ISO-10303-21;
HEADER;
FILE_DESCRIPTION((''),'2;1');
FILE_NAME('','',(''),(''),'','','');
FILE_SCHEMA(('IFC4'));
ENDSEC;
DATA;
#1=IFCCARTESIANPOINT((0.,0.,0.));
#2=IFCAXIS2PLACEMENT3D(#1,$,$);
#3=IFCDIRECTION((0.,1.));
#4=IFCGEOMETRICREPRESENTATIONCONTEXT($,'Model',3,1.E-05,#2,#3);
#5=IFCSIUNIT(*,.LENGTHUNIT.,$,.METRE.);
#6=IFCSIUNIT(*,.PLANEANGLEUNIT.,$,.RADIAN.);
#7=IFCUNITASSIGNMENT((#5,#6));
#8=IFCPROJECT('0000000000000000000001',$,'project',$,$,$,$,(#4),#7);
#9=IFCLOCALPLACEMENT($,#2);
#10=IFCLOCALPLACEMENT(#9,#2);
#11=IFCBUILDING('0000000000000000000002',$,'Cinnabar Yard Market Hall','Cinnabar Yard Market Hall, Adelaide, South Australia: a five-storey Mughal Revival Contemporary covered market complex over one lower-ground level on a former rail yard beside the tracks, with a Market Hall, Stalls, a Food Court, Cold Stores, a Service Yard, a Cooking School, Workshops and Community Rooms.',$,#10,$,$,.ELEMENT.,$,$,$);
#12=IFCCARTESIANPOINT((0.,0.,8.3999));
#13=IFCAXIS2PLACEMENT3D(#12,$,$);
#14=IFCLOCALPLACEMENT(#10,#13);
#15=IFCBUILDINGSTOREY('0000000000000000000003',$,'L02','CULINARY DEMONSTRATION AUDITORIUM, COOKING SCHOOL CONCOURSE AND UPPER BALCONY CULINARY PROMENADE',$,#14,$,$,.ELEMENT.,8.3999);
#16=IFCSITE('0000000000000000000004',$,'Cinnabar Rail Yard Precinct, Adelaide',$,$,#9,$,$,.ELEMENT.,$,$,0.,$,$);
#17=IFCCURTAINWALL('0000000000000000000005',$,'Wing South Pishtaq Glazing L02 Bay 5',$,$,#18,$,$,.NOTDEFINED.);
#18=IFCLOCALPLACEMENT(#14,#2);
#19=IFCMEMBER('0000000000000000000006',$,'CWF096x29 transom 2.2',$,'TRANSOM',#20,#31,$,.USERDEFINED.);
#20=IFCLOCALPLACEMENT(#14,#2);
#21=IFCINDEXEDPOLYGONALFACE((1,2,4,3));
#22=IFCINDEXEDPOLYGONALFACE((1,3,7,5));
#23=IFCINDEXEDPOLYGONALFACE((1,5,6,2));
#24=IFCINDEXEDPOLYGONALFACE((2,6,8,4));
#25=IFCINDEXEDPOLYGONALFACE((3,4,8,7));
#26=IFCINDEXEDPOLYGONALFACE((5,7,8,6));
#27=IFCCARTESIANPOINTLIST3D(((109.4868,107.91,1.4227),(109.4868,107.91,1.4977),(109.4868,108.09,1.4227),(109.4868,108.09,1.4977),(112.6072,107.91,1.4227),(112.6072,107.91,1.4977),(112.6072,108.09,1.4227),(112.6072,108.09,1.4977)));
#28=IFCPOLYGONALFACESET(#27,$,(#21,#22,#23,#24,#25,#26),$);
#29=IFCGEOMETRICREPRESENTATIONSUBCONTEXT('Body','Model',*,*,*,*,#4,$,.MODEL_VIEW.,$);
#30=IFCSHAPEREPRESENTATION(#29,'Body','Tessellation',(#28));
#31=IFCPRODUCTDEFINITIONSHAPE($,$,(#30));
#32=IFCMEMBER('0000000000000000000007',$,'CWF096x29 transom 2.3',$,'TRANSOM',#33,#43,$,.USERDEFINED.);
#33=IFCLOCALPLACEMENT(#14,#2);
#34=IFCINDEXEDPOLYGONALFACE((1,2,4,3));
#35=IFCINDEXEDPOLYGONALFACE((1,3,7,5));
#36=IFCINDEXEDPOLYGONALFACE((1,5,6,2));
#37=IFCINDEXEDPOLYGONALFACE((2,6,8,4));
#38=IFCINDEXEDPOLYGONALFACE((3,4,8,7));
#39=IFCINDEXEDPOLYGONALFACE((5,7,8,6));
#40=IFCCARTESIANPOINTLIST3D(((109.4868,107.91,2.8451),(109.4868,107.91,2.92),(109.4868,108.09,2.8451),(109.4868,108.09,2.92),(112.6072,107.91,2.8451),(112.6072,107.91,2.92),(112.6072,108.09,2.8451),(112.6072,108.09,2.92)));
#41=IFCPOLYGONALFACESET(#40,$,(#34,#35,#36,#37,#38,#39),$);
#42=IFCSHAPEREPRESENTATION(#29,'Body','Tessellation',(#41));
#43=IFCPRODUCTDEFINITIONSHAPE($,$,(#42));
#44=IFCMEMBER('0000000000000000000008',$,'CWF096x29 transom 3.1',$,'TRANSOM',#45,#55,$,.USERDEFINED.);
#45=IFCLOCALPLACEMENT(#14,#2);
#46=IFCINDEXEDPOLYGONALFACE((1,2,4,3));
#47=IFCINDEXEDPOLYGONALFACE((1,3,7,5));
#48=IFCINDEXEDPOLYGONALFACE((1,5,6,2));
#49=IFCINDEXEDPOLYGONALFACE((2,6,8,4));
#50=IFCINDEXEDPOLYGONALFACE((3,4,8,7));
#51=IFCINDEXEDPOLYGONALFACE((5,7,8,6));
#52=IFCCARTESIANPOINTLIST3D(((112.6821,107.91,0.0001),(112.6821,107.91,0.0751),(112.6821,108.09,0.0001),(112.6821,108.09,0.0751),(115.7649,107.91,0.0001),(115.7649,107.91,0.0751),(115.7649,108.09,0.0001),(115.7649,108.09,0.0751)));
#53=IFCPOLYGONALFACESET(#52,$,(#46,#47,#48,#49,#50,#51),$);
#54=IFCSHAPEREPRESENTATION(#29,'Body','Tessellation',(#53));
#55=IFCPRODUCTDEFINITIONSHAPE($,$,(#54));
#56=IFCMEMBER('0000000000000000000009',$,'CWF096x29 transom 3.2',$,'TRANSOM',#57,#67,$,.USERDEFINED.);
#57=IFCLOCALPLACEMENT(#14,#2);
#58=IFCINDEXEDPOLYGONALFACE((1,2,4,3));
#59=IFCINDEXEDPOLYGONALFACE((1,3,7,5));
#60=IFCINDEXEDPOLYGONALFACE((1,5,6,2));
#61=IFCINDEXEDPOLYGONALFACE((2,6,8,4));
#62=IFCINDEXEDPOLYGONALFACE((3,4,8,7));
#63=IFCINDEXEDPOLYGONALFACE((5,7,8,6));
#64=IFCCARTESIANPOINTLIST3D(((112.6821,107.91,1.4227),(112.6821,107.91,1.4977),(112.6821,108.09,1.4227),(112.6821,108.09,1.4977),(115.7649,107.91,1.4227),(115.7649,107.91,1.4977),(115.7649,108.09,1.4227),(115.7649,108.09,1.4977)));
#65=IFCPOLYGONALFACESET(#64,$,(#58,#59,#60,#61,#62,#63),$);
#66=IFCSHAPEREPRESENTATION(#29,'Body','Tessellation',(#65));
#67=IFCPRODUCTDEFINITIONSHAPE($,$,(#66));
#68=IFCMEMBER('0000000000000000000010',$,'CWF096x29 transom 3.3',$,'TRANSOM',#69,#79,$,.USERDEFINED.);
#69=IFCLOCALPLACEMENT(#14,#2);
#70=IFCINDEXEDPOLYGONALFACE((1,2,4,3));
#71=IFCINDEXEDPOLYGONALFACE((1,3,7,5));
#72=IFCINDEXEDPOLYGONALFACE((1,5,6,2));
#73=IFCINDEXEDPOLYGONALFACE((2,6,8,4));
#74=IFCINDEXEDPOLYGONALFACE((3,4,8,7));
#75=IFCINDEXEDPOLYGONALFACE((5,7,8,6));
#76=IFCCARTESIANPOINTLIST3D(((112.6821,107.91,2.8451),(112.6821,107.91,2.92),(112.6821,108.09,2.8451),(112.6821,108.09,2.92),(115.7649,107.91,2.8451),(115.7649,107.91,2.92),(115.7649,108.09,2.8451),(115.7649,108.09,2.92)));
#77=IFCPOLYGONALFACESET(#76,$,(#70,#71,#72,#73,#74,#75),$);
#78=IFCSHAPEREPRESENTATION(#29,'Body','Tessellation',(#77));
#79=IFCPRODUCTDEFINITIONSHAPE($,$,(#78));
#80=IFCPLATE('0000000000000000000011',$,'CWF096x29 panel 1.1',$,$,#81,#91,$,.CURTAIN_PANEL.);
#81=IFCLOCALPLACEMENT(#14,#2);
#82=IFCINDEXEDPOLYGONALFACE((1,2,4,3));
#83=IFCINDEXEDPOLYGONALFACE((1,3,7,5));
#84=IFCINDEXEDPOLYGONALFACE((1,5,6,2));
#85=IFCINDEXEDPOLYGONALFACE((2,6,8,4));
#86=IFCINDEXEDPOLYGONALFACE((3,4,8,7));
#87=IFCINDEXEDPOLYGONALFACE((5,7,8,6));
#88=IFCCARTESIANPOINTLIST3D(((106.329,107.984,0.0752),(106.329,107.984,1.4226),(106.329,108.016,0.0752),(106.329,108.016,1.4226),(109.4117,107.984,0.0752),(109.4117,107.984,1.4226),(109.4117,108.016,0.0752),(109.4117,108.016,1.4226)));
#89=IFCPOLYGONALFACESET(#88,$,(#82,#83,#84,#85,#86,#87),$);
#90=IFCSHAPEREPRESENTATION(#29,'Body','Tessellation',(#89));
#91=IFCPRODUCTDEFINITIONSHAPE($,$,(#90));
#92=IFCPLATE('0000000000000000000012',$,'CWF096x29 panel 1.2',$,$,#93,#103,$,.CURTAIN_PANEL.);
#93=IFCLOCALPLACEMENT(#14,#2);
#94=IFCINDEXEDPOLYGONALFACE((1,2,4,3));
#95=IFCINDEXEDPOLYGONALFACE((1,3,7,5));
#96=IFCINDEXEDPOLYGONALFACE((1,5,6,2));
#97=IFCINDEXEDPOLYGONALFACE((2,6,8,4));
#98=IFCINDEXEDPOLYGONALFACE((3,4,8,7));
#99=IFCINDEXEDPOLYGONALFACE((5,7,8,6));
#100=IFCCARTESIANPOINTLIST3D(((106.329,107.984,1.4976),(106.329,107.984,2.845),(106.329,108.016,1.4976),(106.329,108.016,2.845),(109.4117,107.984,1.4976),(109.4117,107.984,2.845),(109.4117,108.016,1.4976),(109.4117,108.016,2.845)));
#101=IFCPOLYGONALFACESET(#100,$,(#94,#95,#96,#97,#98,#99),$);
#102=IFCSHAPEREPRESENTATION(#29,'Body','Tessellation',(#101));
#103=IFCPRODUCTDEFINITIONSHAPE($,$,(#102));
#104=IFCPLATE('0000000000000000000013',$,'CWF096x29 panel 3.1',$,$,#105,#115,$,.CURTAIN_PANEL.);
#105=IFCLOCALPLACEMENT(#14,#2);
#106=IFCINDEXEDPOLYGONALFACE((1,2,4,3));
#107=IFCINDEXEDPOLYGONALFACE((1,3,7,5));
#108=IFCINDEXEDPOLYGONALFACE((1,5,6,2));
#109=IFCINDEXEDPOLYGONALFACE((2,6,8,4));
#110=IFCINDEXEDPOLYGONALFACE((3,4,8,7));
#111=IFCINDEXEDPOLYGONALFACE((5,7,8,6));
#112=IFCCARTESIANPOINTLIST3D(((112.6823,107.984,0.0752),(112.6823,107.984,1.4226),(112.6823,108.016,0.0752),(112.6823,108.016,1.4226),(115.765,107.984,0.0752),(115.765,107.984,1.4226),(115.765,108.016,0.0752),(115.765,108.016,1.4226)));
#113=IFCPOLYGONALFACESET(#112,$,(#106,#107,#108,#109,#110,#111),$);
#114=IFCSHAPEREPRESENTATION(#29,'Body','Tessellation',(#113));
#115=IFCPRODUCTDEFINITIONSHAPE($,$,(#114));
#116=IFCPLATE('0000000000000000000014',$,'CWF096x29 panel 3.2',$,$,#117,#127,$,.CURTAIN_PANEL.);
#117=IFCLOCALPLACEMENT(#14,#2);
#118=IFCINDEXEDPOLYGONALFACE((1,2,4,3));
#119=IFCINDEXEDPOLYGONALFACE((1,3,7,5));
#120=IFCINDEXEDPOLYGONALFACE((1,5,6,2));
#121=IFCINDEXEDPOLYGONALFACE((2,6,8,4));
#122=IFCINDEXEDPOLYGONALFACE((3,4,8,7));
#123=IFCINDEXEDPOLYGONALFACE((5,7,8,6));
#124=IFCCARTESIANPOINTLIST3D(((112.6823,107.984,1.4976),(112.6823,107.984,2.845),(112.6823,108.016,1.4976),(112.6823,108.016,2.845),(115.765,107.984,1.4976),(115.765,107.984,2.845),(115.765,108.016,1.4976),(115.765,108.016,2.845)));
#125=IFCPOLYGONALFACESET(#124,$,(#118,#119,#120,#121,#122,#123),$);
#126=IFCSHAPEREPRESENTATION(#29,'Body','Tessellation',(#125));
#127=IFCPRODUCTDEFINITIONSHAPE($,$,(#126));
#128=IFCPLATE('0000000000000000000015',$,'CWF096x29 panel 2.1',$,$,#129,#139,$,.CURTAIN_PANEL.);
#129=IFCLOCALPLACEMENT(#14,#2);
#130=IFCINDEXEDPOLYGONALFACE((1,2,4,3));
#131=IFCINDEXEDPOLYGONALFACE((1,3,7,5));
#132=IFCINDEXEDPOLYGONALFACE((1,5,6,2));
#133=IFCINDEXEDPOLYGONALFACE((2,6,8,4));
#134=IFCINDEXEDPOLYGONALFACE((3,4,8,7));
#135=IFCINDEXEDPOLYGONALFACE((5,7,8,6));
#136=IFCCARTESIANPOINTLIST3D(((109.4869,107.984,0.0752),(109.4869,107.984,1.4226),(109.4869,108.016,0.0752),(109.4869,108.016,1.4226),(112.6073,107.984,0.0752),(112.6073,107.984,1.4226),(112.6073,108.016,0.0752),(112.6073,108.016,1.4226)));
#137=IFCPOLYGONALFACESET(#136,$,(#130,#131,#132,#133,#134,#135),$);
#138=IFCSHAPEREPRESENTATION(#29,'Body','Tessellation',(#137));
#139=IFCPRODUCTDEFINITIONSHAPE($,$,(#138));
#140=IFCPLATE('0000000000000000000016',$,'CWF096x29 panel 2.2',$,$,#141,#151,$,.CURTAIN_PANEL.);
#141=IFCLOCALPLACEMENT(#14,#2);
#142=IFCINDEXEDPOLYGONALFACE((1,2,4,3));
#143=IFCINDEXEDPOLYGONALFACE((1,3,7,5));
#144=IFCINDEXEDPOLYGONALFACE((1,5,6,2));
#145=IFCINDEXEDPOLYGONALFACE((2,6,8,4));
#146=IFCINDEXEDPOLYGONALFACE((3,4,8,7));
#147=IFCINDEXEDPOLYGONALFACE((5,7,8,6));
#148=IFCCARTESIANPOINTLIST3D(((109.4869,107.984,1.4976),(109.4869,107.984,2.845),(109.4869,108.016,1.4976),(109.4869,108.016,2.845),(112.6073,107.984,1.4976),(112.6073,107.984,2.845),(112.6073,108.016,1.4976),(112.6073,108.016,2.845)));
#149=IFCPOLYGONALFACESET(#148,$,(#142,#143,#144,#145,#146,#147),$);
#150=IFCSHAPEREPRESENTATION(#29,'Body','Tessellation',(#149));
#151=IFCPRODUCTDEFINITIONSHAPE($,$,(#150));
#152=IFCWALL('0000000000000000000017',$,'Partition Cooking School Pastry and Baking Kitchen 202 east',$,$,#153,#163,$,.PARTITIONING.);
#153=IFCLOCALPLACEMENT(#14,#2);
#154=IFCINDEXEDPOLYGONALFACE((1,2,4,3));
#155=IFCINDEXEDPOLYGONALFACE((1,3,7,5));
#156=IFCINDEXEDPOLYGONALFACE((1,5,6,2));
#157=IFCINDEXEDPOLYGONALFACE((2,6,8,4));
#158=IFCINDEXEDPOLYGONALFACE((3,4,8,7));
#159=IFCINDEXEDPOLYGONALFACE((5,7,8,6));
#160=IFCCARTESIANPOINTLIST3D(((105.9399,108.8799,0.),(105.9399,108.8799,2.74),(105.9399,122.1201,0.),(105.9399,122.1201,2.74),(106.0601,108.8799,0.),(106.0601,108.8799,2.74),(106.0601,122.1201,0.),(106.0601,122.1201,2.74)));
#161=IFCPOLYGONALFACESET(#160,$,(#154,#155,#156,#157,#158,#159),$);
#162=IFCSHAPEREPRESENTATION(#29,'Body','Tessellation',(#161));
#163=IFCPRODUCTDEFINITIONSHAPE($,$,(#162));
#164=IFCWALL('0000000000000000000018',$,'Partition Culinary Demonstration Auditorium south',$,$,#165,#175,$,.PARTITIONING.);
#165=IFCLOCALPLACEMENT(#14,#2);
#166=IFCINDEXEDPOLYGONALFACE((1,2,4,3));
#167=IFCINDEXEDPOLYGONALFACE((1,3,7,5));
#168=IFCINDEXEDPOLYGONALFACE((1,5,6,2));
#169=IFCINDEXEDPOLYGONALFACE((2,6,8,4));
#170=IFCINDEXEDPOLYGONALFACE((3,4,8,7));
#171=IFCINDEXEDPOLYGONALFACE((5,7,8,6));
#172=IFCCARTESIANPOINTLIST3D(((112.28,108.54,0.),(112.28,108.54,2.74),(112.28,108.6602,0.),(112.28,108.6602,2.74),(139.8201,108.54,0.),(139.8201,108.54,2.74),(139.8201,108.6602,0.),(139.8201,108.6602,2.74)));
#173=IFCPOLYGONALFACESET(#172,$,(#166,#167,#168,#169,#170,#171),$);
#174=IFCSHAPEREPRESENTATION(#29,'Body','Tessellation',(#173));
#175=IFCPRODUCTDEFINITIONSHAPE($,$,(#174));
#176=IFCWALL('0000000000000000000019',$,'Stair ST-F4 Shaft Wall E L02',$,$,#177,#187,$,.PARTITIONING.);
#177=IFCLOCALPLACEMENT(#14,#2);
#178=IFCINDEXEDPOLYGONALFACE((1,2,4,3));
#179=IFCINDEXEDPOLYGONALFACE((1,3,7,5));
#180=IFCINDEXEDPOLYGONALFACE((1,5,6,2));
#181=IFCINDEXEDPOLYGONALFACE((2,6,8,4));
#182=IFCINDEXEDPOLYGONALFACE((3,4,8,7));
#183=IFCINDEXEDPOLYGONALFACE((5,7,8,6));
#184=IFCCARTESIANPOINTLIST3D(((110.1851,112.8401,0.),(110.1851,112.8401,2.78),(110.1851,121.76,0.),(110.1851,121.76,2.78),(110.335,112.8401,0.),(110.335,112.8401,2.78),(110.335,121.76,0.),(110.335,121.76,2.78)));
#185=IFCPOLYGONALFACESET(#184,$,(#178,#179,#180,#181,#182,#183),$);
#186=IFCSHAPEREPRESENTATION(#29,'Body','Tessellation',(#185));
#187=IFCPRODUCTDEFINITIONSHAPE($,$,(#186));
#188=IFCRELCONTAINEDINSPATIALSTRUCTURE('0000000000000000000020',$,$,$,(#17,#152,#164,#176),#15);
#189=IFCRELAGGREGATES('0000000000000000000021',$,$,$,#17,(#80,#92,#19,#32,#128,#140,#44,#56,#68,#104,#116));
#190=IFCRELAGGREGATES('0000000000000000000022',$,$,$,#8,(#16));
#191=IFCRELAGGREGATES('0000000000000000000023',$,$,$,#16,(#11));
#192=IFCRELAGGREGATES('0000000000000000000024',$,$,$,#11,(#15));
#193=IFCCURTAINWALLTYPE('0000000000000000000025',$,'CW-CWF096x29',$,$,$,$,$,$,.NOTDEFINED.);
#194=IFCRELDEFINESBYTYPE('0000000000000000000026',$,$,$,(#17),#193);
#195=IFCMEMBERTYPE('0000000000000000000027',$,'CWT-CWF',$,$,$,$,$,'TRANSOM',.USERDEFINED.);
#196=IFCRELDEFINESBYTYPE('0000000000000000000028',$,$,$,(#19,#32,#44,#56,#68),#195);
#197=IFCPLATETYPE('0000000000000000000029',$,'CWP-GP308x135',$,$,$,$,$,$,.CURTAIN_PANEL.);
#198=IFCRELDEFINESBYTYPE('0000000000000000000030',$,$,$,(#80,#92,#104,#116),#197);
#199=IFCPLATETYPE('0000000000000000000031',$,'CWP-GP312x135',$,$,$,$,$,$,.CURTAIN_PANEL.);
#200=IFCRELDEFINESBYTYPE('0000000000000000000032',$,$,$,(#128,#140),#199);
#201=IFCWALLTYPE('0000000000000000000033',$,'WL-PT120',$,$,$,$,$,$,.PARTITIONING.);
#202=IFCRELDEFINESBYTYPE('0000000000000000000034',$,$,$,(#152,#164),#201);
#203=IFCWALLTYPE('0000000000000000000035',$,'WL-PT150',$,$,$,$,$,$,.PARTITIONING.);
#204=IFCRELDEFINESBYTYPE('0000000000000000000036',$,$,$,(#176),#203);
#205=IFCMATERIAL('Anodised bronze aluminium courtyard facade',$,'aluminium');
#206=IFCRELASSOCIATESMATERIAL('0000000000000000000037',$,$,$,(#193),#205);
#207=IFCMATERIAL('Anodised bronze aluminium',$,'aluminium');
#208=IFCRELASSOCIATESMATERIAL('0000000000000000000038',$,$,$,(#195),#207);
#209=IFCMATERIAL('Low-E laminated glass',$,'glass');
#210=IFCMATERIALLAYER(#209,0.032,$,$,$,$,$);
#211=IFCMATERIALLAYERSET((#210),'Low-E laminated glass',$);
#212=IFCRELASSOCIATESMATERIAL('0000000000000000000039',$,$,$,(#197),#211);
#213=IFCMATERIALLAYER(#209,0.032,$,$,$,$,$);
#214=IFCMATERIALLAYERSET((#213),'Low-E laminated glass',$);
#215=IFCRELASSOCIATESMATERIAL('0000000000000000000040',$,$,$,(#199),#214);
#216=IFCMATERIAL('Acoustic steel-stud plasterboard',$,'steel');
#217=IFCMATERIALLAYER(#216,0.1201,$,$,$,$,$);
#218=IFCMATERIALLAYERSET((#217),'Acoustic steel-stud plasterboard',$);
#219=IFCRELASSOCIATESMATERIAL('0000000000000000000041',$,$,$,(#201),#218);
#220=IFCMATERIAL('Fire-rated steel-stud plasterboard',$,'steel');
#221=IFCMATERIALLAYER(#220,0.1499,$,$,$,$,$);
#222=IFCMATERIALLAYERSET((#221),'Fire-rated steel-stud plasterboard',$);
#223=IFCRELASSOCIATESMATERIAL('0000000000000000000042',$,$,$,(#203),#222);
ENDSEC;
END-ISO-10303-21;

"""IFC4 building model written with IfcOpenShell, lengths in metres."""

from ifc_helpers import new_model, si_unit, direction, frame, frame_2d, origin, origin_2d_with_axis, place, context, subcontext, project, spatial, rectangle, extrude, material, layer, layer_set, material_profile, profile_set, type_object, element, aggregate, save


model = new_model("IFC4")

# Units and contexts
model_context = context("Model", 3, precision=1e-05, world=origin(), true_north=direction((0.0, 1.0)))
body_context = subcontext(model_context, "Body", "Model", "MODEL_VIEW")
ifc_project = project(units=[si_unit("LENGTHUNIT", "METRE"), si_unit("PLANEANGLEUNIT", "RADIAN")], contexts=[model_context])

# Site, building, storey
site_placement = place(None, origin())
site = spatial("IfcSite", under=ifc_project, at=site_placement, Name="Cinnabar Rail Yard Precinct, Adelaide", CompositionType="ELEMENT", RefElevation=0.0)
building_placement = place(site_placement, origin())
building = spatial("IfcBuilding", under=site, at=building_placement, Name="Cinnabar Yard Market Hall", Description="Cinnabar Yard Market Hall, Adelaide, South Australia: a five-storey Mughal Revival Contemporary covered market complex over one lower-ground level on a former rail yard beside the tracks, with a Market Hall, Stalls, a Food Court, Cold Stores, a Service Yard, a Cooking School, Workshops and Community Rooms.", CompositionType="ELEMENT")
storey_placement = place(building_placement, frame((0.0, 0.0, 8.3999)))
storey = spatial("IfcBuildingStorey", under=building, at=storey_placement, Name="L02", Description="CULINARY DEMONSTRATION AUDITORIUM, COOKING SCHOOL CONCOURSE AND UPPER BALCONY CULINARY PROMENADE", CompositionType="ELEMENT", Elevation=8.3999)

# Curtain wall, members, plates
ifc_material_1 = material(Name="Anodised bronze aluminium courtyard facade", Category="aluminium")
curtain_wall_type = type_object("IfcCurtainWallType", Name="CW-CWF096x29", PredefinedType="NOTDEFINED", material=ifc_material_1)
curtain_wall_placement = place(storey_placement, origin())
curtain_wall = element("IfcCurtainWall", 1, at=curtain_wall_placement, inside=storey, type_object=curtain_wall_type, Name="Wing South Pishtaq Glazing L02 Bay 5", PredefinedType="NOTDEFINED")
ifc_material_2 = material(Name="Anodised bronze aluminium", Category="aluminium")
ifc_material_profile_1 = material_profile(ifc_material_2, rectangle(XDim=0.1799, YDim=0.075, at=origin_2d_with_axis()), Name="TRN-CWF")
ifc_profile_set_1 = profile_set([ifc_material_profile_1], Name="Anodised bronze aluminium")
member_type_1 = type_object("IfcMemberType", Name="CWT-CWF", ElementType="TRANSOM", PredefinedType="USERDEFINED", material=ifc_profile_set_1)
member_1_placement = place(storey_placement, frame((109.4868, 108.0, 1.4602), z_axis=(1.0, 0.0, 0.0), x_axis=(0.0, 1.0, 0.0)))
member_1 = element("IfcMember", 2, at=member_1_placement, type_object=member_type_1, Name="CWF096x29 transom 2.2", ObjectType="TRANSOM", PredefinedType="USERDEFINED", context=body_context, shape_type="SweptSolid", body=[
    extrude(rectangle(XDim=0.1799, YDim=0.075, at=origin_2d_with_axis()), origin(), (0.0, 0.0, 1.0), 3.1204),
])
member_2_placement = place(storey_placement, frame((109.4868, 108.0, 2.8826), z_axis=(1.0, 0.0, 0.0), x_axis=(0.0, 1.0, 0.0)))
member_2 = element("IfcMember", 3, at=member_2_placement, type_object=member_type_1, Name="CWF096x29 transom 2.3", ObjectType="TRANSOM", PredefinedType="USERDEFINED", context=body_context, shape_type="SweptSolid", body=[
    extrude(rectangle(XDim=0.1799, YDim=0.075, at=origin_2d_with_axis()), origin(), (0.0, 0.0, 1.0), 3.1204),
])
member_3_placement = place(storey_placement, frame((112.6821, 108.0, 0.0376), z_axis=(1.0, 0.0, 0.0), x_axis=(0.0, 1.0, 0.0)))
member_3 = element("IfcMember", 4, at=member_3_placement, type_object=member_type_1, Name="CWF096x29 transom 3.1", ObjectType="TRANSOM", PredefinedType="USERDEFINED", context=body_context, shape_type="SweptSolid", body=[
    extrude(rectangle(XDim=0.1799, YDim=0.075, at=origin_2d_with_axis()), origin(), (0.0, 0.0, 1.0), 3.0828),
])
member_4_placement = place(storey_placement, frame((112.6821, 108.0, 1.4602), z_axis=(1.0, 0.0, 0.0), x_axis=(0.0, 1.0, 0.0)))
member_4 = element("IfcMember", 5, at=member_4_placement, type_object=member_type_1, Name="CWF096x29 transom 3.2", ObjectType="TRANSOM", PredefinedType="USERDEFINED", context=body_context, shape_type="SweptSolid", body=[
    extrude(rectangle(XDim=0.1799, YDim=0.075, at=origin_2d_with_axis()), origin(), (0.0, 0.0, 1.0), 3.0828),
])
member_5_placement = place(storey_placement, frame((112.6821, 108.0, 2.8826), z_axis=(1.0, 0.0, 0.0), x_axis=(0.0, 1.0, 0.0)))
member_5 = element("IfcMember", 6, at=member_5_placement, type_object=member_type_1, Name="CWF096x29 transom 3.3", ObjectType="TRANSOM", PredefinedType="USERDEFINED", context=body_context, shape_type="SweptSolid", body=[
    extrude(rectangle(XDim=0.1799, YDim=0.075, at=origin_2d_with_axis()), origin(), (0.0, 0.0, 1.0), 3.0828),
])
ifc_material_3 = material(Name="Low-E laminated glass", Category="glass")
ifc_layer_1 = layer(ifc_material_3, 0.032)
ifc_layer_set_1 = layer_set([ifc_layer_1], Name="Low-E laminated glass")
plate_type_1 = type_object("IfcPlateType", Name="CWP-GP308x135", PredefinedType="CURTAIN_PANEL", material=ifc_layer_set_1)
plate_1_placement = place(storey_placement, frame((107.8704, 108.0, 0.0752), z_axis=(0.0, 0.0, 1.0), x_axis=(1.0, 0.0, 0.0)))
plate_1 = element("IfcPlate", 7, at=plate_1_placement, type_object=plate_type_1, Name="CWF096x29 panel 1.1", PredefinedType="CURTAIN_PANEL", context=body_context, shape_type="SweptSolid", body=[
    extrude(rectangle(XDim=3.0828, YDim=0.032, at=origin_2d_with_axis()), origin(), (0.0, 0.0, 1.0), 1.3474),
])
plate_2_placement = place(storey_placement, frame((107.8704, 108.0, 1.4976), z_axis=(0.0, 0.0, 1.0), x_axis=(1.0, 0.0, 0.0)))
plate_2 = element("IfcPlate", 8, at=plate_2_placement, type_object=plate_type_1, Name="CWF096x29 panel 1.2", PredefinedType="CURTAIN_PANEL", context=body_context, shape_type="SweptSolid", body=[
    extrude(rectangle(XDim=3.0828, YDim=0.032, at=origin_2d_with_axis()), origin(), (0.0, 0.0, 1.0), 1.3474),
])
plate_3_placement = place(storey_placement, frame((114.2236, 108.0, 0.0752), z_axis=(0.0, 0.0, 1.0), x_axis=(1.0, 0.0, 0.0)))
plate_3 = element("IfcPlate", 9, at=plate_3_placement, type_object=plate_type_1, Name="CWF096x29 panel 3.1", PredefinedType="CURTAIN_PANEL", context=body_context, shape_type="SweptSolid", body=[
    extrude(rectangle(XDim=3.0828, YDim=0.032, at=origin_2d_with_axis()), origin(), (0.0, 0.0, 1.0), 1.3474),
])
plate_4_placement = place(storey_placement, frame((114.2236, 108.0, 1.4976), z_axis=(0.0, 0.0, 1.0), x_axis=(1.0, 0.0, 0.0)))
plate_4 = element("IfcPlate", 10, at=plate_4_placement, type_object=plate_type_1, Name="CWF096x29 panel 3.2", PredefinedType="CURTAIN_PANEL", context=body_context, shape_type="SweptSolid", body=[
    extrude(rectangle(XDim=3.0828, YDim=0.032, at=origin_2d_with_axis()), origin(), (0.0, 0.0, 1.0), 1.3474),
])
ifc_layer_2 = layer(ifc_material_3, 0.032)
ifc_layer_set_2 = layer_set([ifc_layer_2], Name="Low-E laminated glass")
plate_type_2 = type_object("IfcPlateType", Name="CWP-GP312x135", PredefinedType="CURTAIN_PANEL", material=ifc_layer_set_2)
plate_5_placement = place(storey_placement, frame((111.0471, 108.0, 0.0752), z_axis=(0.0, 0.0, 1.0), x_axis=(1.0, 0.0, 0.0)))
plate_5 = element("IfcPlate", 11, at=plate_5_placement, type_object=plate_type_2, Name="CWF096x29 panel 2.1", PredefinedType="CURTAIN_PANEL", context=body_context, shape_type="SweptSolid", body=[
    extrude(rectangle(XDim=3.1204, YDim=0.032, at=origin_2d_with_axis()), origin(), (0.0, 0.0, 1.0), 1.3474),
])
plate_6_placement = place(storey_placement, frame((111.0471, 108.0, 1.4976), z_axis=(0.0, 0.0, 1.0), x_axis=(1.0, 0.0, 0.0)))
plate_6 = element("IfcPlate", 12, at=plate_6_placement, type_object=plate_type_2, Name="CWF096x29 panel 2.2", PredefinedType="CURTAIN_PANEL", context=body_context, shape_type="SweptSolid", body=[
    extrude(rectangle(XDim=3.1204, YDim=0.032, at=origin_2d_with_axis()), origin(), (0.0, 0.0, 1.0), 1.3474),
])
aggregate(curtain_wall, [plate_1, plate_2, member_1, member_2, plate_5, plate_6, member_3, member_4, member_5, plate_3, plate_4])

# Walls
ifc_material_4 = material(Name="Acoustic steel-stud plasterboard", Category="steel")
ifc_layer_3 = layer(ifc_material_4, 0.1201)
ifc_layer_set_3 = layer_set([ifc_layer_3], Name="Acoustic steel-stud plasterboard")
wall_type_1 = type_object("IfcWallType", Name="WL-PT120", PredefinedType="PARTITIONING", material=ifc_layer_set_3)
wall_1_placement = place(storey_placement, frame((106.0, 108.8799, 0.0), z_axis=(0.0, 0.0, 1.0), x_axis=(0.0, 1.0, 0.0)))
element("IfcWall", 13, at=wall_1_placement, inside=storey, type_object=wall_type_1, Name="Partition Cooking School Pastry and Baking Kitchen 202 east", PredefinedType="PARTITIONING", context=body_context, shape_type="SweptSolid", body=[
    extrude(rectangle(XDim=13.2402, YDim=0.1201, at=frame_2d((6.6201, 0.0), x_axis=(1.0, 0.0))), origin(), (0.0, 0.0, 1.0), 2.74),
])
wall_2_placement = place(storey_placement, frame((112.28, 108.6001, 0.0), z_axis=(0.0, 0.0, 1.0), x_axis=(1.0, 0.0, 0.0)))
element("IfcWall", 14, at=wall_2_placement, inside=storey, type_object=wall_type_1, Name="Partition Culinary Demonstration Auditorium south", PredefinedType="PARTITIONING", context=body_context, shape_type="SweptSolid", body=[
    extrude(rectangle(XDim=27.54, YDim=0.1201, at=frame_2d((13.77, 0.0), x_axis=(1.0, 0.0))), origin(), (0.0, 0.0, 1.0), 2.74),
])
ifc_material_5 = material(Name="Fire-rated steel-stud plasterboard", Category="steel")
ifc_layer_4 = layer(ifc_material_5, 0.1499)
ifc_layer_set_4 = layer_set([ifc_layer_4], Name="Fire-rated steel-stud plasterboard")
wall_type_2 = type_object("IfcWallType", Name="WL-PT150", PredefinedType="PARTITIONING", material=ifc_layer_set_4)
wall_3_placement = place(storey_placement, frame((110.26, 112.8401, 0.0), z_axis=(0.0, 0.0, 1.0), x_axis=(0.0, 1.0, 0.0)))
element("IfcWall", 15, at=wall_3_placement, inside=storey, type_object=wall_type_2, Name="Stair ST-F4 Shaft Wall E L02", PredefinedType="PARTITIONING", context=body_context, shape_type="SweptSolid", body=[
    extrude(rectangle(XDim=8.9199, YDim=0.1499, at=frame_2d((4.46, 0.0), x_axis=(1.0, 0.0))), origin(), (0.0, 0.0, 1.0), 2.78),
])

save(model, "model.ifc")
